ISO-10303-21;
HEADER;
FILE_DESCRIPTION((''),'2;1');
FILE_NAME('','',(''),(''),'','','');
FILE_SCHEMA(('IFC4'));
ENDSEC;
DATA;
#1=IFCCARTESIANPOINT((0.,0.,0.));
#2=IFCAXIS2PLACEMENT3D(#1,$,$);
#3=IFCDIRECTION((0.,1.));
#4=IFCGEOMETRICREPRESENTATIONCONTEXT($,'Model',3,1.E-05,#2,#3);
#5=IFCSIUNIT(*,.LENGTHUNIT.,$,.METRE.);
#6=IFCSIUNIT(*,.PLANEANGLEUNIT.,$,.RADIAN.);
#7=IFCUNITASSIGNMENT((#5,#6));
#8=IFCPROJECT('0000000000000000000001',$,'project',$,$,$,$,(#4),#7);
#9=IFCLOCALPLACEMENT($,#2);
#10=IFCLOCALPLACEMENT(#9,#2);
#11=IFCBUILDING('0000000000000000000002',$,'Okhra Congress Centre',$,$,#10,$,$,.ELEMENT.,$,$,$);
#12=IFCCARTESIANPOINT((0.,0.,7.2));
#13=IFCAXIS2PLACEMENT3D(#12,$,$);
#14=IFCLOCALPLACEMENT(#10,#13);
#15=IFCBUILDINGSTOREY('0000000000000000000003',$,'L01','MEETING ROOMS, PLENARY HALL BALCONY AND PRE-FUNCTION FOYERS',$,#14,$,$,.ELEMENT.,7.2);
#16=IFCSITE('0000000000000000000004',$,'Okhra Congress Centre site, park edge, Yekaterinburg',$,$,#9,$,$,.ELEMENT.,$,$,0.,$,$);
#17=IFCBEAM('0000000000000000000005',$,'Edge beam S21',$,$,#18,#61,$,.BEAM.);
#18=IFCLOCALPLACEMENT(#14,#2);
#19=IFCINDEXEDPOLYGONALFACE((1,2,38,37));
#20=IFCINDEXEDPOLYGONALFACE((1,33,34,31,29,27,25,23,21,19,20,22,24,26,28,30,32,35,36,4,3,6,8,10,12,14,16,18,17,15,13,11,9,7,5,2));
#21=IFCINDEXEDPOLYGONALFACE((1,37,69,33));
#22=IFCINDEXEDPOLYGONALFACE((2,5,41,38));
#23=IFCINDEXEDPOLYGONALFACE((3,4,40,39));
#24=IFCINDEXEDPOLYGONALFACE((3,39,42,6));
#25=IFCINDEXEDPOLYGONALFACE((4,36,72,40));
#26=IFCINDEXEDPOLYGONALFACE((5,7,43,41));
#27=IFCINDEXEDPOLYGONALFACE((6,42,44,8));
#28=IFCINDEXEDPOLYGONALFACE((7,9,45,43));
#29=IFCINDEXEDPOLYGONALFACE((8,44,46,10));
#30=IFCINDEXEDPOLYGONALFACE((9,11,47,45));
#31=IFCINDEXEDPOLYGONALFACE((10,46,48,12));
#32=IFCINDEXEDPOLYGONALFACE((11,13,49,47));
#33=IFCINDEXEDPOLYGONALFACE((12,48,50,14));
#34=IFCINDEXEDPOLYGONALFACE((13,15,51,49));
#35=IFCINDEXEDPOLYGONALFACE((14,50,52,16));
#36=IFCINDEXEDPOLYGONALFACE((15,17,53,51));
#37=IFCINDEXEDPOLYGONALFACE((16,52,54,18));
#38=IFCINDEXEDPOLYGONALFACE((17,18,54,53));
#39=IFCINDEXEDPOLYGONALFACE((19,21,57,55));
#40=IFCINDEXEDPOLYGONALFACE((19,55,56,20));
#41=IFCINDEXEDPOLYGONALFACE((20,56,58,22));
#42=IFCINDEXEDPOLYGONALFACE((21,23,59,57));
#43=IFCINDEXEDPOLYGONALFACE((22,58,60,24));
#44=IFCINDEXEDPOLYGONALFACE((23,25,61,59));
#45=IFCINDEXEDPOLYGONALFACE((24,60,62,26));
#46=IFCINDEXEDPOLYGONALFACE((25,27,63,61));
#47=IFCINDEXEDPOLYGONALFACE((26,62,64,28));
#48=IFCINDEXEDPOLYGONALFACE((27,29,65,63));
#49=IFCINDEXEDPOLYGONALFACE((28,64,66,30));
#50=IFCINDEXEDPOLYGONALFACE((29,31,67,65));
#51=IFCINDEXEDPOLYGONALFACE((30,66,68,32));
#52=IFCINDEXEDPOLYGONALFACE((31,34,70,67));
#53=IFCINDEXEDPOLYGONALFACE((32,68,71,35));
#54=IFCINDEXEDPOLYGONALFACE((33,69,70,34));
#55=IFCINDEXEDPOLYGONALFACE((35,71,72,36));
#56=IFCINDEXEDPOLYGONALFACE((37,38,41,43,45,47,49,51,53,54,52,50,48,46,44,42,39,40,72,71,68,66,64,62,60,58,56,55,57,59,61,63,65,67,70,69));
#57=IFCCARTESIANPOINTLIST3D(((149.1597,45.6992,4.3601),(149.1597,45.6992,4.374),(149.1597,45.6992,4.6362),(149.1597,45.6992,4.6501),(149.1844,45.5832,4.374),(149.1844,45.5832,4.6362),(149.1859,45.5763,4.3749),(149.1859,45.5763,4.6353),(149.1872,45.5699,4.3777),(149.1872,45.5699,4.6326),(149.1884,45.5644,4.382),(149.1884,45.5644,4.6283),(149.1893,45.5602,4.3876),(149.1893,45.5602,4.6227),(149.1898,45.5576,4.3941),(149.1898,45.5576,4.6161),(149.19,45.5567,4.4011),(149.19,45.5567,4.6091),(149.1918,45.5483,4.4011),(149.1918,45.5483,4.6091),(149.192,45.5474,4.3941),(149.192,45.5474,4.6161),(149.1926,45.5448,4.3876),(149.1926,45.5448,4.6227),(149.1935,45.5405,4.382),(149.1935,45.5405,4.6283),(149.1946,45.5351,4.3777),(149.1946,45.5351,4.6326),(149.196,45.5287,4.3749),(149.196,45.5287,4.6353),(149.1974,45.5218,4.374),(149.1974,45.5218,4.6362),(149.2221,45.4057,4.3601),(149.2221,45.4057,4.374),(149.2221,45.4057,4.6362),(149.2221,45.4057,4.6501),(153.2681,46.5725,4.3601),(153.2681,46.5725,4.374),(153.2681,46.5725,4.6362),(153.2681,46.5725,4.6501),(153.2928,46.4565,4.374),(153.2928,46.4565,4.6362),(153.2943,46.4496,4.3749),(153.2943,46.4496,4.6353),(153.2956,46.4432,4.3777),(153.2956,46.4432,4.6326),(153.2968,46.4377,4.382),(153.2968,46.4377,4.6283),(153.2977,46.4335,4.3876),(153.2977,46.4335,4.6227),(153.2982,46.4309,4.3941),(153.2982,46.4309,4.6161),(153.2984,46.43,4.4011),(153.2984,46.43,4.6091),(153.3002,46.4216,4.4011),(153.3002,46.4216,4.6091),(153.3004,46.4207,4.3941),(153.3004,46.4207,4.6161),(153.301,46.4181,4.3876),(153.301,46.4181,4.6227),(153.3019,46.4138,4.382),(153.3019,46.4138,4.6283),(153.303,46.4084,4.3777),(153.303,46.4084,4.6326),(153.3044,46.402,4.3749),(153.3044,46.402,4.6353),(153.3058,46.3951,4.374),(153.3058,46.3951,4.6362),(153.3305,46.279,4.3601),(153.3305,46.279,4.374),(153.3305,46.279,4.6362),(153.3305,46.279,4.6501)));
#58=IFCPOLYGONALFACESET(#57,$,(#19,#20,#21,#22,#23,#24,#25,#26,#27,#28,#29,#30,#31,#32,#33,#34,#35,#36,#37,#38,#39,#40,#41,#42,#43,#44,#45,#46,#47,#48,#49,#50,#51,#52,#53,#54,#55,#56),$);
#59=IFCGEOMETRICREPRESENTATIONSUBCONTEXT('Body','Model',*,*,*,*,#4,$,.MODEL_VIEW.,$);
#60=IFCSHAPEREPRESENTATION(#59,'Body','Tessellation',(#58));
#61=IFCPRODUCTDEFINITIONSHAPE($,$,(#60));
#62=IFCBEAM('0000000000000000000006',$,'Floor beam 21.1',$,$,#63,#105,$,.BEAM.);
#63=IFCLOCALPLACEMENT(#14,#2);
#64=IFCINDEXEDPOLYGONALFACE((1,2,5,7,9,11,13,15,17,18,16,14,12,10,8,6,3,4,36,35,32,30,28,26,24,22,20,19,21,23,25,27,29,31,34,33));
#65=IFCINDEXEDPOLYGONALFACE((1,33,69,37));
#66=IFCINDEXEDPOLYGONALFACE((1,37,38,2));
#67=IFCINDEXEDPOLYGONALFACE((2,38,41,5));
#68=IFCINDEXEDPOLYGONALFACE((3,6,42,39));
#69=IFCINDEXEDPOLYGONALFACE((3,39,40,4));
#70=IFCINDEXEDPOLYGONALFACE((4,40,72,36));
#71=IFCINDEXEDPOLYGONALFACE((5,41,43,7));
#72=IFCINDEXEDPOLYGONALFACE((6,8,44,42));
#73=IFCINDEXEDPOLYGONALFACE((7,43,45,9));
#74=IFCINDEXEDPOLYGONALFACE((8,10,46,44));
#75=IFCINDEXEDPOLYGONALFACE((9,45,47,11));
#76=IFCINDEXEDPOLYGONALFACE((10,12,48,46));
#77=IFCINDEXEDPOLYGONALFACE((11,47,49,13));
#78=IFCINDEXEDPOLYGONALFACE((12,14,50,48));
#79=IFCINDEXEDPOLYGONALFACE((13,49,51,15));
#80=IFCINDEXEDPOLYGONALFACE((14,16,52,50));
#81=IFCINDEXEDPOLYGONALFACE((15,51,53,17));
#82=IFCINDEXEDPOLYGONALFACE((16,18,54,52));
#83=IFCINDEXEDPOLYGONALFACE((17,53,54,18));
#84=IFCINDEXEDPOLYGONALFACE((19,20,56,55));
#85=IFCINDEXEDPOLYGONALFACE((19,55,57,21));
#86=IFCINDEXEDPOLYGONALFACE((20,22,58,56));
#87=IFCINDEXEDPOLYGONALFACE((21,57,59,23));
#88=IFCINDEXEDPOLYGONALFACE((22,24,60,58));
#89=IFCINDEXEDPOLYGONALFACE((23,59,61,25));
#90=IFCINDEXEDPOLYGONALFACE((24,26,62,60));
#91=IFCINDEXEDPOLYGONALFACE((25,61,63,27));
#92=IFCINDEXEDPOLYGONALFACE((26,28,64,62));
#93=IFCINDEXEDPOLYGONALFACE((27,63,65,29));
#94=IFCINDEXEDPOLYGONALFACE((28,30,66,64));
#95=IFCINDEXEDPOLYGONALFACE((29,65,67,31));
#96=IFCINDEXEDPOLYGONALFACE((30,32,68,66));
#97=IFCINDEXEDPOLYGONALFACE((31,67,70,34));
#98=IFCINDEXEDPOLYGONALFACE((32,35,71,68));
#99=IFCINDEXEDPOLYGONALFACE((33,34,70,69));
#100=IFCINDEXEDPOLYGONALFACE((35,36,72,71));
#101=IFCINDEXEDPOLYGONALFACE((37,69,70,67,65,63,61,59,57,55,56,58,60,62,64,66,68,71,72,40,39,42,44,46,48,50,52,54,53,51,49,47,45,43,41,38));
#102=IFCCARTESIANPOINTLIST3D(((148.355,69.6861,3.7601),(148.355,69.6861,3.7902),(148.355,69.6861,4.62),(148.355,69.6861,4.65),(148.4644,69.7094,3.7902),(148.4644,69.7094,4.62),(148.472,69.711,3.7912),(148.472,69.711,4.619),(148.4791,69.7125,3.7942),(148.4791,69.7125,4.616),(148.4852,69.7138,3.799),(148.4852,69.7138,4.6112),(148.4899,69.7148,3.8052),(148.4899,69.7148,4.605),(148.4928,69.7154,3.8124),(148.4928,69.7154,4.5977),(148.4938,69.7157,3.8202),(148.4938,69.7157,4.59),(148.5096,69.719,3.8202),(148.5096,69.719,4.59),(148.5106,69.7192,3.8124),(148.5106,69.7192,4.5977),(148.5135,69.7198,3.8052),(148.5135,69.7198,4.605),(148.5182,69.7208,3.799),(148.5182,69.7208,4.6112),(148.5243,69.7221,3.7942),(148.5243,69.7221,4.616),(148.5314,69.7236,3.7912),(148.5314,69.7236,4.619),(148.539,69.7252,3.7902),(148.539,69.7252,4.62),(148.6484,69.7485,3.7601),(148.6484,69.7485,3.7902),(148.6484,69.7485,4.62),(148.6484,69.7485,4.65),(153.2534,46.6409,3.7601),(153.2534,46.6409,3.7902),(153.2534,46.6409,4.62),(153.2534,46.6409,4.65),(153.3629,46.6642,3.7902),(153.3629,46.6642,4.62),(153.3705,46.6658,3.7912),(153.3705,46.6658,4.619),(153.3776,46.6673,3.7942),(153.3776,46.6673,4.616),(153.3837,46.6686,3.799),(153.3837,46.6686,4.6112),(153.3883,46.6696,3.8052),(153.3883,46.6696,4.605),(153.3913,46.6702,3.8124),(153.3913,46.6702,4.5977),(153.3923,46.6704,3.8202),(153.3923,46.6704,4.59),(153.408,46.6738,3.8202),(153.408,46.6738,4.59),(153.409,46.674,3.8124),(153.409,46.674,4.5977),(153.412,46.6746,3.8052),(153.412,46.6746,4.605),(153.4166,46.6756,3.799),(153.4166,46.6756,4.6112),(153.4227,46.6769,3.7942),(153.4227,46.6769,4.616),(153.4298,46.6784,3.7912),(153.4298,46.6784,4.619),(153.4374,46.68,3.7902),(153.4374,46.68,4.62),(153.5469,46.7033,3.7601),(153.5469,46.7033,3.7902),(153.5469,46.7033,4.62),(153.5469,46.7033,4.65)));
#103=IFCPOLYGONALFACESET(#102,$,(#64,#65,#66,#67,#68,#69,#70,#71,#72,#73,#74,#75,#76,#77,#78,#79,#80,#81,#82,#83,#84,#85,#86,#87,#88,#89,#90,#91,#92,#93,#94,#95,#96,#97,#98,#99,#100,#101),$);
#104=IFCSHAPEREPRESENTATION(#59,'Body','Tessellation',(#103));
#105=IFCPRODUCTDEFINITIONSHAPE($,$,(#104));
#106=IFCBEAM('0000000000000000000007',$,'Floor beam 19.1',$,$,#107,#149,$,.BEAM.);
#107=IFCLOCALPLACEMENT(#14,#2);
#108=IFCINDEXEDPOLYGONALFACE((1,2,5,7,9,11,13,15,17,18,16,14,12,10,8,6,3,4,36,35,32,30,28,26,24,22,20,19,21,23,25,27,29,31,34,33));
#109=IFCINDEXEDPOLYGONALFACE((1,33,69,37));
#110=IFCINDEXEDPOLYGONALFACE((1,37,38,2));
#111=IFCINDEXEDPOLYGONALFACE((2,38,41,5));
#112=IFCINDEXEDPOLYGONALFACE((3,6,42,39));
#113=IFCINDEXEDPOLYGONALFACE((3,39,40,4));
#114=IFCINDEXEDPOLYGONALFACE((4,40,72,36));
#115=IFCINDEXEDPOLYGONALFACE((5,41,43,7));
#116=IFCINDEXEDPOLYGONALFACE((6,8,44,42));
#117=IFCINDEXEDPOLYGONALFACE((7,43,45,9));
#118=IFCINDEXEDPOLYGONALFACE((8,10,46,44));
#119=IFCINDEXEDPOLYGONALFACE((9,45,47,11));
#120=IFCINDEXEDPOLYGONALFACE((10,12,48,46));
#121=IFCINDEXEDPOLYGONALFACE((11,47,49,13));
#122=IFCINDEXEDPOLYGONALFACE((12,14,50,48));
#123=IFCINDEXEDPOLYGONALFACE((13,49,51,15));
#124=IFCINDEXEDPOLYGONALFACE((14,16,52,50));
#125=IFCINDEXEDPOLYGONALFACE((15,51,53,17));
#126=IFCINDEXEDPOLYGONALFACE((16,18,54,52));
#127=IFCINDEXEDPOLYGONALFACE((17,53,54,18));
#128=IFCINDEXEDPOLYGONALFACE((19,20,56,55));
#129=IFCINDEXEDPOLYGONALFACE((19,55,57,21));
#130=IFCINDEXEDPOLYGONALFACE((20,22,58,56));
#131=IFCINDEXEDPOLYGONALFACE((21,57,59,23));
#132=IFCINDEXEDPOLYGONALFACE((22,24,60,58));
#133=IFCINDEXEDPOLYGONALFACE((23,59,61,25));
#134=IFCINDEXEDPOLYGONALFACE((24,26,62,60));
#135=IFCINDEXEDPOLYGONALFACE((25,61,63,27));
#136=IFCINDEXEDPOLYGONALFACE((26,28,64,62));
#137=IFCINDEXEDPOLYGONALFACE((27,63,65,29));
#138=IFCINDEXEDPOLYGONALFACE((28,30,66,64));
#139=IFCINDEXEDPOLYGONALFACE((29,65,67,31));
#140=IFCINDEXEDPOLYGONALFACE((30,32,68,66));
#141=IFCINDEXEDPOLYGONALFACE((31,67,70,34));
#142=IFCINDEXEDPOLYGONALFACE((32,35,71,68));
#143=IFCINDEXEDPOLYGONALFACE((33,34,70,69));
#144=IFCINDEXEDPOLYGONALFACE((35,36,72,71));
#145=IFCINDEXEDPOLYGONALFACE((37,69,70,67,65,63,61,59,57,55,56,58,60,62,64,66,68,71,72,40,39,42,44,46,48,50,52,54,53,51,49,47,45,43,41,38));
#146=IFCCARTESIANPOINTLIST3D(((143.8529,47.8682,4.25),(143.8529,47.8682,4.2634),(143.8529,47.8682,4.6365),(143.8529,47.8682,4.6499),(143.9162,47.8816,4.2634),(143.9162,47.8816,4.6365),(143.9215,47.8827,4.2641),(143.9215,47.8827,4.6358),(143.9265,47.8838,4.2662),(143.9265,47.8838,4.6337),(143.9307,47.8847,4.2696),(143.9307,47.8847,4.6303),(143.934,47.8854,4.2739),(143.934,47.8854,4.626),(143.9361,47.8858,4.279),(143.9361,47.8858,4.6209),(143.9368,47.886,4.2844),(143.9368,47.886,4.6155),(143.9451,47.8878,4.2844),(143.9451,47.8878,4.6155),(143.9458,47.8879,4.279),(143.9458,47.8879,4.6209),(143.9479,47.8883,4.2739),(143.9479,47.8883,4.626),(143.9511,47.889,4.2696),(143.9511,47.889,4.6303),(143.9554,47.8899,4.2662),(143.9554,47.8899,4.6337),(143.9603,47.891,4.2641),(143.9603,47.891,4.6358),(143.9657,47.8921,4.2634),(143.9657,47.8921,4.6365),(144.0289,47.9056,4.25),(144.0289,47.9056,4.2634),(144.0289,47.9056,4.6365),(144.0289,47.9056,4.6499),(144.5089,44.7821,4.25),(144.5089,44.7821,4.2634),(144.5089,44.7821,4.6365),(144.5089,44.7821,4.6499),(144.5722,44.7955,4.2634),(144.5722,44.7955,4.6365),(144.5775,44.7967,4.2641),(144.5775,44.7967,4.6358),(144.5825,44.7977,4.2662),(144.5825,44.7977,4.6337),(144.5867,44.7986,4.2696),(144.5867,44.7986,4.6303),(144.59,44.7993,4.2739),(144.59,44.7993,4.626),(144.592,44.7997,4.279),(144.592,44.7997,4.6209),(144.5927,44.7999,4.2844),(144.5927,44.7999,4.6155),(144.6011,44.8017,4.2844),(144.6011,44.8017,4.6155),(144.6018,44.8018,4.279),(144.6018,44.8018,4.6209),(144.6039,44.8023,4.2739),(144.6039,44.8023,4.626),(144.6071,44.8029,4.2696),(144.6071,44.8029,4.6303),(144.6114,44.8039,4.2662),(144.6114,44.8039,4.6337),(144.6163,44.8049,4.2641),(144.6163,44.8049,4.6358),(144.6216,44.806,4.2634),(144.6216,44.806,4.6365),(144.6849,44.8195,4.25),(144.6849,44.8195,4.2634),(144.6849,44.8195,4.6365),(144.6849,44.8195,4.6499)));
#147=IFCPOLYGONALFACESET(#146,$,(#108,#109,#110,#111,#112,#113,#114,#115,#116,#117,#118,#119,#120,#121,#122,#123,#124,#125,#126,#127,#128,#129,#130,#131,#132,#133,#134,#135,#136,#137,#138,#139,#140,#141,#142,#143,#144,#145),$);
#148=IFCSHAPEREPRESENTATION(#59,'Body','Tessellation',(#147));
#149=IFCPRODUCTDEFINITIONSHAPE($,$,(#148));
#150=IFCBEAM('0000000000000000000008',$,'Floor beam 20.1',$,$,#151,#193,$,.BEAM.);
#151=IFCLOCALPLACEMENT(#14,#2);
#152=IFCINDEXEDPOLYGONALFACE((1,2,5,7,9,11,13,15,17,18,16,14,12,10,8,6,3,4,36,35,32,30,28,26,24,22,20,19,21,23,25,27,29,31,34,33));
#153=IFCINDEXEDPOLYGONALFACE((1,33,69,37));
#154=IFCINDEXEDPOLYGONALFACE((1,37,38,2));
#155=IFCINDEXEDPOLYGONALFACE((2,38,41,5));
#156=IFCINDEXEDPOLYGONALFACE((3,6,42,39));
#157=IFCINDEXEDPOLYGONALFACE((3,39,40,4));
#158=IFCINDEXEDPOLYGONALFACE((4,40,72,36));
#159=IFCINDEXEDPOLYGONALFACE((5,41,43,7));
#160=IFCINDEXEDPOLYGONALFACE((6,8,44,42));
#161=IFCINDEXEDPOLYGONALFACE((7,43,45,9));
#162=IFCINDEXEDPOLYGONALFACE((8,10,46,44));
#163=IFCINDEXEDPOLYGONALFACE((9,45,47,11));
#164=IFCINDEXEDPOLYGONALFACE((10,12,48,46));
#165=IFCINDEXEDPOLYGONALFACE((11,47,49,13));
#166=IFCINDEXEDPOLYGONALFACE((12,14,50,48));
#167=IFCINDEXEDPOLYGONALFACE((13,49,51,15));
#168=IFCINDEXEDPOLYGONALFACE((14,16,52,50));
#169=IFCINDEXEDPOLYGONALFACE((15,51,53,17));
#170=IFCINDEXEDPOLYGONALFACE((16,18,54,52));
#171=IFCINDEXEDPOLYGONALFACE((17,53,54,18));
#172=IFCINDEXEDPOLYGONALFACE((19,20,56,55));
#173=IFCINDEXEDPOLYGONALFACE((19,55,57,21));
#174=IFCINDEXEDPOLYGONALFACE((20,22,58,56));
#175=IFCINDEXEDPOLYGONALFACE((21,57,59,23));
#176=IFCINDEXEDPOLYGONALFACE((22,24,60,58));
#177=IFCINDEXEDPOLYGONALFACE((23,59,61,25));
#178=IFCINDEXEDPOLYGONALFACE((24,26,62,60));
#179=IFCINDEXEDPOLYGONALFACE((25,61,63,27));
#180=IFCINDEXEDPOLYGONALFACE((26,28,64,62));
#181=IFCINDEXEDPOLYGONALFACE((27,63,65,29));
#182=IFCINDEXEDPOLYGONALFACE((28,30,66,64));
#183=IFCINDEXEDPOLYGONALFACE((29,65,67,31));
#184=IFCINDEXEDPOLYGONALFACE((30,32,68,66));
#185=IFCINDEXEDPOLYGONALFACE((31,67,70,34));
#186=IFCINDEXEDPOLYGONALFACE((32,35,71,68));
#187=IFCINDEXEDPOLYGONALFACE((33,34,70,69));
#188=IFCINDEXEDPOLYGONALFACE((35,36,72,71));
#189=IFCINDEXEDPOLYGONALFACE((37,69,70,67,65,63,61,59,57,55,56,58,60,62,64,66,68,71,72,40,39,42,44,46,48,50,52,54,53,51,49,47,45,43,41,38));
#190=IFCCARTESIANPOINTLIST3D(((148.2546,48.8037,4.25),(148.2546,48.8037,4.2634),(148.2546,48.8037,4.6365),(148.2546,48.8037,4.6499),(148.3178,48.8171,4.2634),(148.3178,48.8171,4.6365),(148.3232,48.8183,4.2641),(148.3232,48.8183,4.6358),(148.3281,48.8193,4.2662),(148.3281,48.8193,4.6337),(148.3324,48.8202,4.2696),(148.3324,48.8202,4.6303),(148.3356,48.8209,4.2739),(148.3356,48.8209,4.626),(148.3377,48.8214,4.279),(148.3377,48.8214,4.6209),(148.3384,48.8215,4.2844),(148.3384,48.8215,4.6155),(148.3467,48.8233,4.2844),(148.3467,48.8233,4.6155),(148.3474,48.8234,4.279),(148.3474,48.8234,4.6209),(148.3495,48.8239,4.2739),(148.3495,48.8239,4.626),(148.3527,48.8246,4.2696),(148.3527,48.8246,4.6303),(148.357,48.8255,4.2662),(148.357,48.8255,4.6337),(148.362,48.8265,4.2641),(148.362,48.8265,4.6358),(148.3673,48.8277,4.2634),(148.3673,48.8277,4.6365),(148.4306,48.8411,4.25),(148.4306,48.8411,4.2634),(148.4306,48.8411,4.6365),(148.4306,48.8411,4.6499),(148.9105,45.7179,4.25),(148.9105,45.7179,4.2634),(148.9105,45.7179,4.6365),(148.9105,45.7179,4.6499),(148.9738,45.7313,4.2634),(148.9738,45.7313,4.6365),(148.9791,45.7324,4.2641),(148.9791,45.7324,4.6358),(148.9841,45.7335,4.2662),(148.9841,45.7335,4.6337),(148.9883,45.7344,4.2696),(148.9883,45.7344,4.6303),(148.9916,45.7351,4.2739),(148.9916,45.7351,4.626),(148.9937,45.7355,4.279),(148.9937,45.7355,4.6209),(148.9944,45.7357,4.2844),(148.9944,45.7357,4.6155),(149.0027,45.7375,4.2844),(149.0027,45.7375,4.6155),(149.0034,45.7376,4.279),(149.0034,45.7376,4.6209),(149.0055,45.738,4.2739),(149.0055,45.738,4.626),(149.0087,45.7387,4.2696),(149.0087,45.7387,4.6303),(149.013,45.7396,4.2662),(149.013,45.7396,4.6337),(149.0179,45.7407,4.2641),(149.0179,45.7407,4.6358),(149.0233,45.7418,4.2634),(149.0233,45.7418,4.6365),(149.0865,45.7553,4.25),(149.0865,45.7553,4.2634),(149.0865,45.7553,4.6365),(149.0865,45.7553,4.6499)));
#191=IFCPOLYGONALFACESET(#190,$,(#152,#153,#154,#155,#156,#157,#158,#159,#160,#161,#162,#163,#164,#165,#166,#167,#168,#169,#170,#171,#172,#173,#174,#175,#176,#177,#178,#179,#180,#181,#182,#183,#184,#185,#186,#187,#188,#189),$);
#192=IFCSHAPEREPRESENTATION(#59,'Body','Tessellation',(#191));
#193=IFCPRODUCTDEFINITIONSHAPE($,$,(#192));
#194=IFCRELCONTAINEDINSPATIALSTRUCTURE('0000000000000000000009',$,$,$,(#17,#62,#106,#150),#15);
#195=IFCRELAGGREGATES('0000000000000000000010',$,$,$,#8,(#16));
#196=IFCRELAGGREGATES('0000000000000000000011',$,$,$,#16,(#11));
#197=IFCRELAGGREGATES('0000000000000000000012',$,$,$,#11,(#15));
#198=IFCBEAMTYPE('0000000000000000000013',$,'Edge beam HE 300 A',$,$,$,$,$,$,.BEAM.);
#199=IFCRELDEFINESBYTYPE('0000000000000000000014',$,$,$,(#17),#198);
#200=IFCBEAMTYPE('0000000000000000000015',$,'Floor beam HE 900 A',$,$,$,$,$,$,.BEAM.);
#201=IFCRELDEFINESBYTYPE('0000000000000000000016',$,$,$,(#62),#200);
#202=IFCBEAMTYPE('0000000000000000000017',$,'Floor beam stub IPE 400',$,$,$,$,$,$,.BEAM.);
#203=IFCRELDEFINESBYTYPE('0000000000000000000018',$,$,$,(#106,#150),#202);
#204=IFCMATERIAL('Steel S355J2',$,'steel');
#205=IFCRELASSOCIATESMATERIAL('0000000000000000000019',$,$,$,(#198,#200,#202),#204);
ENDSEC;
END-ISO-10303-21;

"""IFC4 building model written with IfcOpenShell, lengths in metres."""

from ifc_helpers import new_model, si_unit, direction, frame, origin, origin_2d, place, context, subcontext, project, spatial, i_section, extrude, material, material_profile, profile_set, type_object, element, save


model = new_model("IFC4")

# Units and contexts
model_context = context("Model", 3, precision=1e-05, world=origin(), true_north=direction((0.0, 1.0)))
body_context = subcontext(model_context, "Body", "Model", "MODEL_VIEW")
ifc_project = project(units=[si_unit("LENGTHUNIT", "METRE"), si_unit("PLANEANGLEUNIT", "RADIAN")], contexts=[model_context])

# Site, building, storey
site_placement = place(None, origin())
site = spatial("IfcSite", under=ifc_project, at=site_placement, Name="Okhra Congress Centre site, park edge, Yekaterinburg", CompositionType="ELEMENT", RefElevation=0.0)
building_placement = place(site_placement, origin())
building = spatial("IfcBuilding", under=site, at=building_placement, Name="Okhra Congress Centre", CompositionType="ELEMENT")
storey_placement = place(building_placement, frame((0.0, 0.0, 7.2)))
storey = spatial("IfcBuildingStorey", under=building, at=storey_placement, Name="L01", Description="MEETING ROOMS, PLENARY HALL BALCONY AND PRE-FUNCTION FOYERS", CompositionType="ELEMENT", Elevation=7.2)

# Shared definitions
ifc_material_1 = material(Name="Steel S355J2", Category="steel")

# Beams
ifc_material_profile_1 = material_profile(ifc_material_1, i_section(OverallWidth=0.3, OverallDepth=0.29, WebThickness=0.0085, FlangeThickness=0.0139, FilletRadius=0.0271, at=origin_2d()), Name="HE 300 A")
ifc_profile_set_1 = profile_set([ifc_material_profile_1], Name="Steel S355J2")
beam_type_1 = type_object("IfcBeamType", Name="Edge beam HE 300 A", PredefinedType="BEAM", material=ifc_profile_set_1)
beam_1_placement = place(storey_placement, frame((149.1909, 45.5525, 4.5051), z_axis=(0.978146, 0.207917, 0.0), x_axis=(-0.207917, 0.978146, 0.0)))
element("IfcBeam", 1, at=beam_1_placement, inside=storey, type_object=beam_type_1, Name="Edge beam S21", PredefinedType="BEAM", context=body_context, shape_type="SweptSolid", body=[
    extrude(i_section(OverallWidth=0.3, OverallDepth=0.29, WebThickness=0.0085, FlangeThickness=0.0139, FilletRadius=0.0271, at=origin_2d()), origin(), (0.0, 0.0, 1.0), 4.2002),
])
ifc_material_profile_2 = material_profile(ifc_material_1, i_section(OverallWidth=0.3, OverallDepth=0.8899, WebThickness=0.0161, FlangeThickness=0.03, FilletRadius=0.03, at=origin_2d()), Name="HE 900 A")
ifc_profile_set_2 = profile_set([ifc_material_profile_2], Name="Steel S355J2")
beam_type_2 = type_object("IfcBeamType", Name="Floor beam HE 900 A", PredefinedType="BEAM", material=ifc_profile_set_2)
beam_2_placement = place(storey_placement, frame((153.4001, 46.6721, 4.2051), z_axis=(-0.207913, 0.978147, 0.0), x_axis=(-0.978147, -0.207913, 0.0)))
element("IfcBeam", 2, at=beam_2_placement, inside=storey, type_object=beam_type_2, Name="Floor beam 21.1", PredefinedType="BEAM", context=body_context, shape_type="SweptSolid", body=[
    extrude(i_section(OverallWidth=0.3, OverallDepth=0.8899, WebThickness=0.0161, FlangeThickness=0.03, FilletRadius=0.03, at=origin_2d()), origin(), (0.0, 0.0, 1.0), 23.5601),
])
ifc_material_profile_3 = material_profile(ifc_material_1, i_section(OverallWidth=0.1799, OverallDepth=0.3999, WebThickness=0.0085, FlangeThickness=0.0134, FilletRadius=0.021, at=origin_2d()), Name="IPE 400")
ifc_profile_set_3 = profile_set([ifc_material_profile_3], Name="Steel S355J2")
beam_type_3 = type_object("IfcBeamType", Name="Floor beam stub IPE 400", PredefinedType="BEAM", material=ifc_profile_set_3)
beam_3_placement = place(storey_placement, frame((144.5969, 44.8008, 4.45), z_axis=(-0.207917, 0.978146, 0.0), x_axis=(-0.978146, -0.207917, 0.0)))
element("IfcBeam", 3, at=beam_3_placement, inside=storey, type_object=beam_type_3, Name="Floor beam 19.1", PredefinedType="BEAM", context=body_context, shape_type="SweptSolid", body=[
    extrude(i_section(OverallWidth=0.1799, OverallDepth=0.3999, WebThickness=0.0085, FlangeThickness=0.0134, FilletRadius=0.021, at=origin_2d()), origin(), (0.0, 0.0, 1.0), 3.155),
])
beam_4_placement = place(storey_placement, frame((148.9985, 45.7366, 4.45), z_axis=(-0.207933, 0.978143, 0.0), x_axis=(-0.978143, -0.207933, 0.0)))
element("IfcBeam", 4, at=beam_4_placement, inside=storey, type_object=beam_type_3, Name="Floor beam 20.1", PredefinedType="BEAM", context=body_context, shape_type="SweptSolid", body=[
    extrude(i_section(OverallWidth=0.1799, OverallDepth=0.3999, WebThickness=0.0085, FlangeThickness=0.0134, FilletRadius=0.021, at=origin_2d()), origin(), (0.0, 0.0, 1.0), 3.1548),
])

save(model, "model.ifc")
